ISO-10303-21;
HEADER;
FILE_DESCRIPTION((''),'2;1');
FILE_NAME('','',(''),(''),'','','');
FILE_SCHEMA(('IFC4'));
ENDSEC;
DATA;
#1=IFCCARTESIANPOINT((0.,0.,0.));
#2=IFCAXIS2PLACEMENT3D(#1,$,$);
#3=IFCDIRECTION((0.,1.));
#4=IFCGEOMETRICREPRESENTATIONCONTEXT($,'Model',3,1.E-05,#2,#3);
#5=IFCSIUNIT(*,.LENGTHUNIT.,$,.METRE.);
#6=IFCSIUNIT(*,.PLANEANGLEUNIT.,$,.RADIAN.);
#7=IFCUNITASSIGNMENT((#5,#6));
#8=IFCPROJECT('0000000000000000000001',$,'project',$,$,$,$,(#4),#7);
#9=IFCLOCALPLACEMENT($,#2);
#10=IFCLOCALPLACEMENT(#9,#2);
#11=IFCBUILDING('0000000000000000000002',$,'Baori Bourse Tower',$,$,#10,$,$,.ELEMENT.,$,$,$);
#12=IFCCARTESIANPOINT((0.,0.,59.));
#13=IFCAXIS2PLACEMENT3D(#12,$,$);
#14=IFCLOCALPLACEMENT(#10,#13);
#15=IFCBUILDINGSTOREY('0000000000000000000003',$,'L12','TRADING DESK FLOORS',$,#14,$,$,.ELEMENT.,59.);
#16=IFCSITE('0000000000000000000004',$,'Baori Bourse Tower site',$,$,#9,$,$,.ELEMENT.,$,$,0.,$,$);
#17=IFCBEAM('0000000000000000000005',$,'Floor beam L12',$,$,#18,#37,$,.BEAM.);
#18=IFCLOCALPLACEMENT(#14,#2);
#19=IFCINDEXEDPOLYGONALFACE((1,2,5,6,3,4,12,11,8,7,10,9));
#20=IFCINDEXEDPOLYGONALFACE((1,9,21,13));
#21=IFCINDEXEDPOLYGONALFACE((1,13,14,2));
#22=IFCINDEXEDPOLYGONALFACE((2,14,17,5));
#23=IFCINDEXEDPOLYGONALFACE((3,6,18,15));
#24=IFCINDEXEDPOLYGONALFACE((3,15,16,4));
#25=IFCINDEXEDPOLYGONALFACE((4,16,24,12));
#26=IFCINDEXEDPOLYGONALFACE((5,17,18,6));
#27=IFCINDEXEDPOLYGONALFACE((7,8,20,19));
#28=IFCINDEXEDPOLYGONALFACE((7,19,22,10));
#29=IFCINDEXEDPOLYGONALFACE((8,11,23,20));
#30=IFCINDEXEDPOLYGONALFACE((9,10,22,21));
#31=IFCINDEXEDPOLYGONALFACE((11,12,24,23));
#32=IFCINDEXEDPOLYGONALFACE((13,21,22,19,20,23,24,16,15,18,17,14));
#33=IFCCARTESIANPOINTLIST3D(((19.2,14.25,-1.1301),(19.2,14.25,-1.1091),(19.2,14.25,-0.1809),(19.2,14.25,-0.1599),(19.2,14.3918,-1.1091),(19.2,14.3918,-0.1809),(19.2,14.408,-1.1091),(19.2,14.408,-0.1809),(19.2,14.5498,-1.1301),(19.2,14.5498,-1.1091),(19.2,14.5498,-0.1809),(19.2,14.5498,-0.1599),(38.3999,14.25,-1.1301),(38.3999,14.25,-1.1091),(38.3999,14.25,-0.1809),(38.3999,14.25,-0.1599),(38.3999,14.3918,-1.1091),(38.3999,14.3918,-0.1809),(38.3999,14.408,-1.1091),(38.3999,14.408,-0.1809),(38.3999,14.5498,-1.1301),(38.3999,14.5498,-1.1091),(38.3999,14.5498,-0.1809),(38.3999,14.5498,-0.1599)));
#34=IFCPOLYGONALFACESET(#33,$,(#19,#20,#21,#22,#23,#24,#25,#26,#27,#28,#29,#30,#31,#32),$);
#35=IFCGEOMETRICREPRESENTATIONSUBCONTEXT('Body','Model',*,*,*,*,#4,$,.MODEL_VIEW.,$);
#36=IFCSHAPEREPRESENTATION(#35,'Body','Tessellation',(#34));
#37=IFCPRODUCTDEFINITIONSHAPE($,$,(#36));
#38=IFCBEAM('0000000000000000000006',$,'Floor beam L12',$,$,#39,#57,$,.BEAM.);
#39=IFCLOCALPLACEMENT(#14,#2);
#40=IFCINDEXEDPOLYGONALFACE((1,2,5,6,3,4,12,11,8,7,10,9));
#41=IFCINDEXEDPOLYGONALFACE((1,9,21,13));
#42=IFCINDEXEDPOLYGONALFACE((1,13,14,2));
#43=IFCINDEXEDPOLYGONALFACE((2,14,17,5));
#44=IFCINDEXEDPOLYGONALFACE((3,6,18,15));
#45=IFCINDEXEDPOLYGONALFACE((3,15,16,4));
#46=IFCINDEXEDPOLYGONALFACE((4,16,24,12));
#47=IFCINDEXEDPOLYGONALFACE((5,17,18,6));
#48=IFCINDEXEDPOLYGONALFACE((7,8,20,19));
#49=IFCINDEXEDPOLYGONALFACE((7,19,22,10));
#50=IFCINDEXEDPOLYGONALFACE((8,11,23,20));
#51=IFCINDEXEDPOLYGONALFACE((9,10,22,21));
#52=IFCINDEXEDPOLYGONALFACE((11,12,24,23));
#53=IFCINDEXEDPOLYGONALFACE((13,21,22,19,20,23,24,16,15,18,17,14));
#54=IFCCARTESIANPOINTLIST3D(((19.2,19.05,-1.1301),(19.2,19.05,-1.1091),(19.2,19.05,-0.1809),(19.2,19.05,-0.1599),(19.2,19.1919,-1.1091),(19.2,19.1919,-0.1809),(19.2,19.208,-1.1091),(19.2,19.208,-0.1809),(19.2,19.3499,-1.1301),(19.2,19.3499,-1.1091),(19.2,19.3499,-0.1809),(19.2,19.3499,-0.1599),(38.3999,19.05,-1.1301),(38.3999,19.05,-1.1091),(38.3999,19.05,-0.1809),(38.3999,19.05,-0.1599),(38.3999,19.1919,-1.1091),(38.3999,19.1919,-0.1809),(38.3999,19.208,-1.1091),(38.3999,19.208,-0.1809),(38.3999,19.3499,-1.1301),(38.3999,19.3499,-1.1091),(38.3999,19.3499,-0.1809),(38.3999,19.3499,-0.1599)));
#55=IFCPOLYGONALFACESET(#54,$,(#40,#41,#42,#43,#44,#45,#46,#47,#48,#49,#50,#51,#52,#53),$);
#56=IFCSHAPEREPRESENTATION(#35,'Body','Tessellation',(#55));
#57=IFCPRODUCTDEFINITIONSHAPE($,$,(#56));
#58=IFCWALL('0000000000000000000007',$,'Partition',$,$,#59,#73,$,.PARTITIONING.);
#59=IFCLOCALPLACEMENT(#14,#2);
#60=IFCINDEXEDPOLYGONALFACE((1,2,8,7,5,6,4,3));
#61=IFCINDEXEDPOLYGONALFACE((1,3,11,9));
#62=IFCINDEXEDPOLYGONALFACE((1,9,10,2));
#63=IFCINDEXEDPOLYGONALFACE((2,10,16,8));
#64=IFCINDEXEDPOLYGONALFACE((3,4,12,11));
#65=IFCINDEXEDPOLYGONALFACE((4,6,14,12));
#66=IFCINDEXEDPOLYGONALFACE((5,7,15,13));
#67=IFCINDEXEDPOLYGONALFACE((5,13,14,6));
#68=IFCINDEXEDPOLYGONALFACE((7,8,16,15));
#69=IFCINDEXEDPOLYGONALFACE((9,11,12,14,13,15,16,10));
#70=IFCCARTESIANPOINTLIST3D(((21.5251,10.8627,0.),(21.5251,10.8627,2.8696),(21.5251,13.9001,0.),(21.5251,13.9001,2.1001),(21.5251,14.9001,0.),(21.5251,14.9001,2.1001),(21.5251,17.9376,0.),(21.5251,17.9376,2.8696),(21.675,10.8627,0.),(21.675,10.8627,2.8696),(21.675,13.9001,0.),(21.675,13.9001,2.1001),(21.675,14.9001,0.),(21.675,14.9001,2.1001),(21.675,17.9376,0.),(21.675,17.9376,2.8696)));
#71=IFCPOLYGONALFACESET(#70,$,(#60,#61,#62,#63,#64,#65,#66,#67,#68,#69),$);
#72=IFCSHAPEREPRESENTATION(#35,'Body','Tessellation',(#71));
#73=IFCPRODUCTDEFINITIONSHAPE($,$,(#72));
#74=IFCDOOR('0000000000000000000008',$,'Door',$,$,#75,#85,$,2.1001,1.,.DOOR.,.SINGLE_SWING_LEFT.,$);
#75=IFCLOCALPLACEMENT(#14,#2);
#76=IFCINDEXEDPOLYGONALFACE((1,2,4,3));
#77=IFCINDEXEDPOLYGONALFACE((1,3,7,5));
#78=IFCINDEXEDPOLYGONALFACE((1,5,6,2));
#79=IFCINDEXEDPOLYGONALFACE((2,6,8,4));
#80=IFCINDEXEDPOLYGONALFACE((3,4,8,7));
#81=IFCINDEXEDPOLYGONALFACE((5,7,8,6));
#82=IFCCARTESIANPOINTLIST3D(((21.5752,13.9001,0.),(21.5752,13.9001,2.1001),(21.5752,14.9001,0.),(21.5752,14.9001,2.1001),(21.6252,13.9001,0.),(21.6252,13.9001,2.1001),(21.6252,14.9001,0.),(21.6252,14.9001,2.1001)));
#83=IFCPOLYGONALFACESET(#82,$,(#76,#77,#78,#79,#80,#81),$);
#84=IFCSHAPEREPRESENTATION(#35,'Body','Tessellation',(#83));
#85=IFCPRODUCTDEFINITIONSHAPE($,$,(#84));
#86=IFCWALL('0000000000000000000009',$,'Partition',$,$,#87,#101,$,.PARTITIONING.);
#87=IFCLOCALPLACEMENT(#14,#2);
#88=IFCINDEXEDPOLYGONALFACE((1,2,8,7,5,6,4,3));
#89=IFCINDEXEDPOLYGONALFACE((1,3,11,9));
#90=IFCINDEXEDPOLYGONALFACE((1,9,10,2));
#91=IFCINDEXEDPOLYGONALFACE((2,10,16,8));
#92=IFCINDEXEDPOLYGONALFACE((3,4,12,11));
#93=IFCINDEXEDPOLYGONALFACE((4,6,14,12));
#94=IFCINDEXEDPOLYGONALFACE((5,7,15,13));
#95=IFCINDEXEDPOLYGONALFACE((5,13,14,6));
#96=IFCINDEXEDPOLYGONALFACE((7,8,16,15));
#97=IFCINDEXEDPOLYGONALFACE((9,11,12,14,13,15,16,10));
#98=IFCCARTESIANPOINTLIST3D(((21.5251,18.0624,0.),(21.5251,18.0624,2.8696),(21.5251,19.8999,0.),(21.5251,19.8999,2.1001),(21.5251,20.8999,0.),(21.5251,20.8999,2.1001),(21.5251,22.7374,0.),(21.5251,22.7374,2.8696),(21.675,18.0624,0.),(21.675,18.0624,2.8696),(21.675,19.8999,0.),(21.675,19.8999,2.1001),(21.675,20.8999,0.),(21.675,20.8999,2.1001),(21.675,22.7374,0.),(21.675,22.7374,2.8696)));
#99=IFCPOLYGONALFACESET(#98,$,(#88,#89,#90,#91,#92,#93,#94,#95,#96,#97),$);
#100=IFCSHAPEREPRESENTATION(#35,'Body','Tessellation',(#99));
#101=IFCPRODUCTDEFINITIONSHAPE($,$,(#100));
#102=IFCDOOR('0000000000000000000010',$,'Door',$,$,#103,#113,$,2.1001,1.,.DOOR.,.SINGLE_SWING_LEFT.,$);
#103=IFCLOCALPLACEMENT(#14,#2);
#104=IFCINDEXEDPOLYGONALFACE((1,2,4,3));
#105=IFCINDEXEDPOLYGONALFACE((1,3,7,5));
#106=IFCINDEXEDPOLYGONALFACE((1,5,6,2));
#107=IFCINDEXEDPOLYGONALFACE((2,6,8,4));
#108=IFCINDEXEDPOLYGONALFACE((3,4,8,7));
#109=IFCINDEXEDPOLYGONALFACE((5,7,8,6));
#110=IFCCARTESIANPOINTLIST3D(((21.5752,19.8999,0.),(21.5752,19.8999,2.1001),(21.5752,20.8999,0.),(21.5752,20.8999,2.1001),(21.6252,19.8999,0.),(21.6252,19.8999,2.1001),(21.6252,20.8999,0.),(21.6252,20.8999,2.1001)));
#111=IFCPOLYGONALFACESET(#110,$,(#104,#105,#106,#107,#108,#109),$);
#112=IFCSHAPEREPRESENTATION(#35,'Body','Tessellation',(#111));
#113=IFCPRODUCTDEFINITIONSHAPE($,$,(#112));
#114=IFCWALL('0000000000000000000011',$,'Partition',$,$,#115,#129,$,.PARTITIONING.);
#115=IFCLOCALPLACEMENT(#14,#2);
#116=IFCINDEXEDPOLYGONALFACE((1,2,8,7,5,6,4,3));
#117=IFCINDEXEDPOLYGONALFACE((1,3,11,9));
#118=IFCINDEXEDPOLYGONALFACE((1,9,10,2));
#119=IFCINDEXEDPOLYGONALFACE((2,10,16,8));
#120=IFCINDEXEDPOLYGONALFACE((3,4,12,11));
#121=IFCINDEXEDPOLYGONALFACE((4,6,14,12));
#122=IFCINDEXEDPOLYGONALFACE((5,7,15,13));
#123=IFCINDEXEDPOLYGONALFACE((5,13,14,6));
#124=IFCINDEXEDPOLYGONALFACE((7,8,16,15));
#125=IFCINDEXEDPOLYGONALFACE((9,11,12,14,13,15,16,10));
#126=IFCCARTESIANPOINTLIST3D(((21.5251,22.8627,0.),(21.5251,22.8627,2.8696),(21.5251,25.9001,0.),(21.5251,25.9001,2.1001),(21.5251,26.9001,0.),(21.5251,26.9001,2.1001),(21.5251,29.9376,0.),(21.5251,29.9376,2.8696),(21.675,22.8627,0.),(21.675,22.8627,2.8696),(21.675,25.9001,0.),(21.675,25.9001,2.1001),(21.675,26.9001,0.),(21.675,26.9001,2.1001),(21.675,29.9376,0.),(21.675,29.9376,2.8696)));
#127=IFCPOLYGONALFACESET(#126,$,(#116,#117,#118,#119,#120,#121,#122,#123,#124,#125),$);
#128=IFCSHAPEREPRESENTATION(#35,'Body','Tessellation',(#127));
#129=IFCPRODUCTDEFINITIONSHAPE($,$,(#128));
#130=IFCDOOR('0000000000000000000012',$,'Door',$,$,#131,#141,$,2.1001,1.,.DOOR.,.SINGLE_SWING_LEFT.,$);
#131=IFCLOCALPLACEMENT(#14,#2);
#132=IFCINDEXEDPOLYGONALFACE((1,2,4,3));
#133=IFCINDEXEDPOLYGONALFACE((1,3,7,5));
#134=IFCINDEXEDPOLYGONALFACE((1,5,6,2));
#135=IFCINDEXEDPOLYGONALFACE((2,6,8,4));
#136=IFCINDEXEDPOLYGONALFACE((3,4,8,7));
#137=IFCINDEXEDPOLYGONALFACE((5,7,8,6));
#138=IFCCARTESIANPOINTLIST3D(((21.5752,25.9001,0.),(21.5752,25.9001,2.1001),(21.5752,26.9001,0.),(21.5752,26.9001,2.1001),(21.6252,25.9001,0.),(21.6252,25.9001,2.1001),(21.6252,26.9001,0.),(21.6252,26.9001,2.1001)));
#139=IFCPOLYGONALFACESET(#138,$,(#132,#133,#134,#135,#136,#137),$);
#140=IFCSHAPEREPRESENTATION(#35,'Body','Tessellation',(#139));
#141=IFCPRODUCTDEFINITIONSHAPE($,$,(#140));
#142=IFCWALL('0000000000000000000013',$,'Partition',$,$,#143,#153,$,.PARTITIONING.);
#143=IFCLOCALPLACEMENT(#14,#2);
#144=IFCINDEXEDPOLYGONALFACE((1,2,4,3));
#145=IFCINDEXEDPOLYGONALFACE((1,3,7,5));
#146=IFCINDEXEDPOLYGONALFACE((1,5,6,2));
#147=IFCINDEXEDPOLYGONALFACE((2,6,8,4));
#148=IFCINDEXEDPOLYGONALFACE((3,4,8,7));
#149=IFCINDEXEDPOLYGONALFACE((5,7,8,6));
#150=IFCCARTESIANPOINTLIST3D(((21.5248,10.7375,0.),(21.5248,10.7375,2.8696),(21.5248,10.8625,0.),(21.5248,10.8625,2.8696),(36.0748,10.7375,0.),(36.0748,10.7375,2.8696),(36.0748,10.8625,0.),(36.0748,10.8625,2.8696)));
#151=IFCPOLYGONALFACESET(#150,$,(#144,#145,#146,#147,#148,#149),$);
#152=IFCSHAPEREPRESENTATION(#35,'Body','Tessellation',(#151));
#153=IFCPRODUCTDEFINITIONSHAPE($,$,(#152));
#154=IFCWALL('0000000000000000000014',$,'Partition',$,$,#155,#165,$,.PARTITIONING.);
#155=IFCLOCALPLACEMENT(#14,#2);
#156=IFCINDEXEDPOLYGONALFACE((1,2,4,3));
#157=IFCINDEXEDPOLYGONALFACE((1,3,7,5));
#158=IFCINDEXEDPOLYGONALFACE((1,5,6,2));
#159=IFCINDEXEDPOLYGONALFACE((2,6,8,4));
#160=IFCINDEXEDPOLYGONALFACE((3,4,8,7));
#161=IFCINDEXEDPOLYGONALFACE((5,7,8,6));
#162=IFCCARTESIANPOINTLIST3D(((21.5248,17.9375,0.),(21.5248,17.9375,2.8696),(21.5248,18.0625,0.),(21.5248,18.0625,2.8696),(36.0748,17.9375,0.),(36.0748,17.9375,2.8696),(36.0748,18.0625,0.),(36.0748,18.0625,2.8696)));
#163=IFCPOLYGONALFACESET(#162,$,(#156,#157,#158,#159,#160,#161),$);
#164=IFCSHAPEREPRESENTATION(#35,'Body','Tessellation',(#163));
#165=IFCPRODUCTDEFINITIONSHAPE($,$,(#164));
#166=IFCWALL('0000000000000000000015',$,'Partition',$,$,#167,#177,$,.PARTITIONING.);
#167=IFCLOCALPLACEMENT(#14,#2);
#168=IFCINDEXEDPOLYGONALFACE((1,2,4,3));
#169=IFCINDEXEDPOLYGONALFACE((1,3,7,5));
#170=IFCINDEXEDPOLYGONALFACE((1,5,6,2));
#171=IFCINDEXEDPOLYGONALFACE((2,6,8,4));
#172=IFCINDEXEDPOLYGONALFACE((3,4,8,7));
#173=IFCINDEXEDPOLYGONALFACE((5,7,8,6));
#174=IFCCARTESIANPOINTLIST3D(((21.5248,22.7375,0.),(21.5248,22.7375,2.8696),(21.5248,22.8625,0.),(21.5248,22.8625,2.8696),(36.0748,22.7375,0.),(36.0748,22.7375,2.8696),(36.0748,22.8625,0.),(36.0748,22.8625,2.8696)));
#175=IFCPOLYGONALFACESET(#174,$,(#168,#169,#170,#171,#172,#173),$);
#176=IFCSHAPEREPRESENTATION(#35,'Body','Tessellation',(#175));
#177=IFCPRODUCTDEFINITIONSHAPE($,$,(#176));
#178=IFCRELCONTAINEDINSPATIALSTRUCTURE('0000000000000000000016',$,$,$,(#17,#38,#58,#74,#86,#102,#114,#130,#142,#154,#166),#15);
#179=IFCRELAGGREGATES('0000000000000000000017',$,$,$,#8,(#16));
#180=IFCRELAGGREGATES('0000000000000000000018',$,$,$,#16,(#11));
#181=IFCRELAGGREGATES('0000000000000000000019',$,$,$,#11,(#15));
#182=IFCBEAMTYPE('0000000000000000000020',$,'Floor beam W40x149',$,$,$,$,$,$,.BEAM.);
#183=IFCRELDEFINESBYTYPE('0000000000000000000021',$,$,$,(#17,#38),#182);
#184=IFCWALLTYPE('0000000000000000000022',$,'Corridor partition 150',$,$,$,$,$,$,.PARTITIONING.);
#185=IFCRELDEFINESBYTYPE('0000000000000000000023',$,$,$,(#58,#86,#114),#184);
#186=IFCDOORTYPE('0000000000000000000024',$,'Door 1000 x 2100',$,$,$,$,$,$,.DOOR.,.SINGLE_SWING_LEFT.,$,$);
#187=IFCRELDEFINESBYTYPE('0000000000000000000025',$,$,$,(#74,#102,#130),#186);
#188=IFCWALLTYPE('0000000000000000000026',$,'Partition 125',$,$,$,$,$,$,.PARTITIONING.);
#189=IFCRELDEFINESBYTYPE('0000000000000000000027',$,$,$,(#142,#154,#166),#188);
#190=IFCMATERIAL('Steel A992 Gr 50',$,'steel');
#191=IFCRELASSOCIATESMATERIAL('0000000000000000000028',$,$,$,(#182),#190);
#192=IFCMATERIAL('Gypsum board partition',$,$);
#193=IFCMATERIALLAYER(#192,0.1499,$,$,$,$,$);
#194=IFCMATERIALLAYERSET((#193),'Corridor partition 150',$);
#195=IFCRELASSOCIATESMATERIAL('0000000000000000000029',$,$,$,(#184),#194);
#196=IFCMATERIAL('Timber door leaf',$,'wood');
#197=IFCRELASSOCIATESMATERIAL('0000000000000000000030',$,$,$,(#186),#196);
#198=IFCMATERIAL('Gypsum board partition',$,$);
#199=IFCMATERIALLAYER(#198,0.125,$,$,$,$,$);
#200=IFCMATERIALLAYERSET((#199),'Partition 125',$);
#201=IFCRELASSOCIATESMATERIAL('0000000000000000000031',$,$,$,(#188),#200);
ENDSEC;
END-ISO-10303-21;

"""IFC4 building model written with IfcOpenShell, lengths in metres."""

from ifc_helpers import new_model, si_unit, direction, frame, frame_2d, origin, origin_2d, place, context, subcontext, project, spatial, rectangle, i_section, extrude, material, layer, layer_set, material_profile, profile_set, type_object, element, fill, save


model = new_model("IFC4")

# Units and contexts
model_context = context("Model", 3, precision=1e-05, world=origin(), true_north=direction((0.0, 1.0)))
body_context = subcontext(model_context, "Body", "Model", "MODEL_VIEW")
ifc_project = project(units=[si_unit("LENGTHUNIT", "METRE"), si_unit("PLANEANGLEUNIT", "RADIAN")], contexts=[model_context])

# Site, building, storey
site_placement = place(None, origin())
site = spatial("IfcSite", under=ifc_project, at=site_placement, Name="Baori Bourse Tower site", CompositionType="ELEMENT", RefElevation=0.0)
building_placement = place(site_placement, origin())
building = spatial("IfcBuilding", under=site, at=building_placement, Name="Baori Bourse Tower", CompositionType="ELEMENT")
storey_placement = place(building_placement, frame((0.0, 0.0, 59.0)))
storey = spatial("IfcBuildingStorey", under=building, at=storey_placement, Name="L12", Description="TRADING DESK FLOORS", CompositionType="ELEMENT", Elevation=59.0)

# Beams
ifc_material_1 = material(Name="Steel A992 Gr 50", Category="steel")
ifc_material_profile = material_profile(ifc_material_1, i_section(OverallWidth=0.2998, OverallDepth=0.9702, WebThickness=0.0161, FlangeThickness=0.021, at=origin_2d()), Name="W40x149")
ifc_profile_set = profile_set([ifc_material_profile], Name="Steel A992 Gr 50")
beam_type = type_object("IfcBeamType", Name="Floor beam W40x149", PredefinedType="BEAM", material=ifc_profile_set)
for number, where, z_axis, x_axis, name in (
    (1, (19.2, 14.3999, -0.645), (1.0, 0.0, 0.0), (0.0, 1.0, 0.0), "Floor beam L12"),
    (2, (19.2, 19.2, -0.645), (1.0, 0.0, 0.0), (0.0, 1.0, 0.0), "Floor beam L12"),
):
    element("IfcBeam", number, at=place(storey_placement, frame(where, z_axis=z_axis, x_axis=x_axis)), inside=storey, type_object=beam_type, Name=name, PredefinedType="BEAM", context=body_context, shape_type="SweptSolid", body=[
        extrude(i_section(OverallWidth=0.2998, OverallDepth=0.9702, WebThickness=0.0161, FlangeThickness=0.021, at=origin_2d()), origin(), (0.0, 0.0, 1.0), 19.2),
    ])

# Walls, openings, doors
ifc_material_2 = material(Name="Gypsum board partition")
ifc_layer_1 = layer(ifc_material_2, 0.1499)
ifc_layer_set_1 = layer_set([ifc_layer_1], Name="Corridor partition 150")
wall_type_1 = type_object("IfcWallType", Name="Corridor partition 150", PredefinedType="PARTITIONING", material=ifc_layer_set_1)
wall_1_placement = place(storey_placement, frame((21.6001, 10.8625, 0.0), z_axis=(0.0, 0.0, 1.0), x_axis=(0.0, 1.0, 0.0)))
wall_1 = element("IfcWall", 3, at=wall_1_placement, inside=storey, type_object=wall_type_1, Name="Partition", PredefinedType="PARTITIONING", context=body_context, shape_type="SweptSolid", body=[
    extrude(rectangle(XDim=7.075, YDim=0.1499, at=frame_2d((3.5376, 0.0))), origin(), (0.0, 0.0, 1.0), 2.8696),
])
opening_1_placement = place(wall_1_placement, frame((3.0376, 0.0, 0.0)))
opening_1 = element("IfcOpeningElement", 4, at=opening_1_placement, cuts=wall_1, PredefinedType="OPENING", context=body_context, shape_type="SweptSolid", body=[
    extrude(rectangle(XDim=1.0, YDim=2.1001, at=frame_2d((0.5, 1.05))), frame((0.0, 0.085, 0.0), z_axis=(0.0, -1.0, 0.0), x_axis=(1.0, 0.0, 0.0)), (0.0, 0.0, 1.0), 0.1699),
])
ifc_material_3 = material(Name="Timber door leaf", Category="wood")
door_type = type_object("IfcDoorType", Name="Door 1000 x 2100", OperationType="SINGLE_SWING_LEFT", PredefinedType="DOOR", material=ifc_material_3)
door_1_placement = place(opening_1_placement, origin())
door_1 = element("IfcDoor", 5, at=door_1_placement, inside=storey, type_object=door_type, Name="Door", OperationType="SINGLE_SWING_LEFT", OverallHeight=2.1001, OverallWidth=1.0, PredefinedType="DOOR", context=body_context, shape_type="SweptSolid", body=[
    extrude(rectangle(XDim=1.0, YDim=2.1001, at=frame_2d((0.5, 1.05))), frame((0.0, 0.0249, 0.0), z_axis=(0.0, -1.0, 0.0), x_axis=(1.0, 0.0, 0.0)), (0.0, 0.0, 1.0), 0.05),
])
fill(opening_1, door_1)
wall_2_placement = place(storey_placement, frame((21.6001, 18.0625, 0.0), z_axis=(0.0, 0.0, 1.0), x_axis=(0.0, 1.0, 0.0)))
wall_2 = element("IfcWall", 6, at=wall_2_placement, inside=storey, type_object=wall_type_1, Name="Partition", PredefinedType="PARTITIONING", context=body_context, shape_type="SweptSolid", body=[
    extrude(rectangle(XDim=4.675, YDim=0.1499, at=frame_2d((2.3374, 0.0))), origin(), (0.0, 0.0, 1.0), 2.8696),
])
opening_2_placement = place(wall_2_placement, frame((1.8374, 0.0, 0.0)))
opening_2 = element("IfcOpeningElement", 7, at=opening_2_placement, cuts=wall_2, PredefinedType="OPENING", context=body_context, shape_type="SweptSolid", body=[
    extrude(rectangle(XDim=1.0, YDim=2.1001, at=frame_2d((0.5, 1.05))), frame((0.0, 0.085, 0.0), z_axis=(0.0, -1.0, 0.0), x_axis=(1.0, 0.0, 0.0)), (0.0, 0.0, 1.0), 0.1699),
])
door_2_placement = place(opening_2_placement, origin())
door_2 = element("IfcDoor", 8, at=door_2_placement, inside=storey, type_object=door_type, Name="Door", OperationType="SINGLE_SWING_LEFT", OverallHeight=2.1001, OverallWidth=1.0, PredefinedType="DOOR", context=body_context, shape_type="SweptSolid", body=[
    extrude(rectangle(XDim=1.0, YDim=2.1001, at=frame_2d((0.5, 1.05))), frame((0.0, 0.0249, 0.0), z_axis=(0.0, -1.0, 0.0), x_axis=(1.0, 0.0, 0.0)), (0.0, 0.0, 1.0), 0.05),
])
fill(opening_2, door_2)
wall_3_placement = place(storey_placement, frame((21.6001, 22.8625, 0.0), z_axis=(0.0, 0.0, 1.0), x_axis=(0.0, 1.0, 0.0)))
wall_3 = element("IfcWall", 9, at=wall_3_placement, inside=storey, type_object=wall_type_1, Name="Partition", PredefinedType="PARTITIONING", context=body_context, shape_type="SweptSolid", body=[
    extrude(rectangle(XDim=7.075, YDim=0.1499, at=frame_2d((3.5376, 0.0))), origin(), (0.0, 0.0, 1.0), 2.8696),
])
opening_3_placement = place(wall_3_placement, frame((3.0376, 0.0, 0.0)))
opening_3 = element("IfcOpeningElement", 10, at=opening_3_placement, cuts=wall_3, PredefinedType="OPENING", context=body_context, shape_type="SweptSolid", body=[
    extrude(rectangle(XDim=1.0, YDim=2.1001, at=frame_2d((0.5, 1.05))), frame((0.0, 0.085, 0.0), z_axis=(0.0, -1.0, 0.0), x_axis=(1.0, 0.0, 0.0)), (0.0, 0.0, 1.0), 0.1699),
])
door_3_placement = place(opening_3_placement, origin())
door_3 = element("IfcDoor", 11, at=door_3_placement, inside=storey, type_object=door_type, Name="Door", OperationType="SINGLE_SWING_LEFT", OverallHeight=2.1001, OverallWidth=1.0, PredefinedType="DOOR", context=body_context, shape_type="SweptSolid", body=[
    extrude(rectangle(XDim=1.0, YDim=2.1001, at=frame_2d((0.5, 1.05))), frame((0.0, 0.0249, 0.0), z_axis=(0.0, -1.0, 0.0), x_axis=(1.0, 0.0, 0.0)), (0.0, 0.0, 1.0), 0.05),
])
fill(opening_3, door_3)

# Walls
ifc_material_4 = material(Name="Gypsum board partition")
ifc_layer_2 = layer(ifc_material_4, 0.125)
ifc_layer_set_2 = layer_set([ifc_layer_2], Name="Partition 125")
wall_type_2 = type_object("IfcWallType", Name="Partition 125", PredefinedType="PARTITIONING", material=ifc_layer_set_2)
for number, where, z_axis, x_axis, name in (
    (12, (21.5249, 10.8, 0.0), (0.0, 0.0, 1.0), (1.0, 0.0, 0.0), "Partition"),
    (13, (21.5249, 18.0, 0.0), (0.0, 0.0, 1.0), (1.0, 0.0, 0.0), "Partition"),
    (14, (21.5249, 22.8, 0.0), (0.0, 0.0, 1.0), (1.0, 0.0, 0.0), "Partition"),
):
    element("IfcWall", number, at=place(storey_placement, frame(where, z_axis=z_axis, x_axis=x_axis)), inside=storey, type_object=wall_type_2, Name=name, PredefinedType="PARTITIONING", context=body_context, shape_type="SweptSolid", body=[
        extrude(rectangle(XDim=14.55, YDim=0.125, at=frame_2d((7.2749, 0.0))), origin(), (0.0, 0.0, 1.0), 2.8696),
    ])

save(model, "model.ifc")
